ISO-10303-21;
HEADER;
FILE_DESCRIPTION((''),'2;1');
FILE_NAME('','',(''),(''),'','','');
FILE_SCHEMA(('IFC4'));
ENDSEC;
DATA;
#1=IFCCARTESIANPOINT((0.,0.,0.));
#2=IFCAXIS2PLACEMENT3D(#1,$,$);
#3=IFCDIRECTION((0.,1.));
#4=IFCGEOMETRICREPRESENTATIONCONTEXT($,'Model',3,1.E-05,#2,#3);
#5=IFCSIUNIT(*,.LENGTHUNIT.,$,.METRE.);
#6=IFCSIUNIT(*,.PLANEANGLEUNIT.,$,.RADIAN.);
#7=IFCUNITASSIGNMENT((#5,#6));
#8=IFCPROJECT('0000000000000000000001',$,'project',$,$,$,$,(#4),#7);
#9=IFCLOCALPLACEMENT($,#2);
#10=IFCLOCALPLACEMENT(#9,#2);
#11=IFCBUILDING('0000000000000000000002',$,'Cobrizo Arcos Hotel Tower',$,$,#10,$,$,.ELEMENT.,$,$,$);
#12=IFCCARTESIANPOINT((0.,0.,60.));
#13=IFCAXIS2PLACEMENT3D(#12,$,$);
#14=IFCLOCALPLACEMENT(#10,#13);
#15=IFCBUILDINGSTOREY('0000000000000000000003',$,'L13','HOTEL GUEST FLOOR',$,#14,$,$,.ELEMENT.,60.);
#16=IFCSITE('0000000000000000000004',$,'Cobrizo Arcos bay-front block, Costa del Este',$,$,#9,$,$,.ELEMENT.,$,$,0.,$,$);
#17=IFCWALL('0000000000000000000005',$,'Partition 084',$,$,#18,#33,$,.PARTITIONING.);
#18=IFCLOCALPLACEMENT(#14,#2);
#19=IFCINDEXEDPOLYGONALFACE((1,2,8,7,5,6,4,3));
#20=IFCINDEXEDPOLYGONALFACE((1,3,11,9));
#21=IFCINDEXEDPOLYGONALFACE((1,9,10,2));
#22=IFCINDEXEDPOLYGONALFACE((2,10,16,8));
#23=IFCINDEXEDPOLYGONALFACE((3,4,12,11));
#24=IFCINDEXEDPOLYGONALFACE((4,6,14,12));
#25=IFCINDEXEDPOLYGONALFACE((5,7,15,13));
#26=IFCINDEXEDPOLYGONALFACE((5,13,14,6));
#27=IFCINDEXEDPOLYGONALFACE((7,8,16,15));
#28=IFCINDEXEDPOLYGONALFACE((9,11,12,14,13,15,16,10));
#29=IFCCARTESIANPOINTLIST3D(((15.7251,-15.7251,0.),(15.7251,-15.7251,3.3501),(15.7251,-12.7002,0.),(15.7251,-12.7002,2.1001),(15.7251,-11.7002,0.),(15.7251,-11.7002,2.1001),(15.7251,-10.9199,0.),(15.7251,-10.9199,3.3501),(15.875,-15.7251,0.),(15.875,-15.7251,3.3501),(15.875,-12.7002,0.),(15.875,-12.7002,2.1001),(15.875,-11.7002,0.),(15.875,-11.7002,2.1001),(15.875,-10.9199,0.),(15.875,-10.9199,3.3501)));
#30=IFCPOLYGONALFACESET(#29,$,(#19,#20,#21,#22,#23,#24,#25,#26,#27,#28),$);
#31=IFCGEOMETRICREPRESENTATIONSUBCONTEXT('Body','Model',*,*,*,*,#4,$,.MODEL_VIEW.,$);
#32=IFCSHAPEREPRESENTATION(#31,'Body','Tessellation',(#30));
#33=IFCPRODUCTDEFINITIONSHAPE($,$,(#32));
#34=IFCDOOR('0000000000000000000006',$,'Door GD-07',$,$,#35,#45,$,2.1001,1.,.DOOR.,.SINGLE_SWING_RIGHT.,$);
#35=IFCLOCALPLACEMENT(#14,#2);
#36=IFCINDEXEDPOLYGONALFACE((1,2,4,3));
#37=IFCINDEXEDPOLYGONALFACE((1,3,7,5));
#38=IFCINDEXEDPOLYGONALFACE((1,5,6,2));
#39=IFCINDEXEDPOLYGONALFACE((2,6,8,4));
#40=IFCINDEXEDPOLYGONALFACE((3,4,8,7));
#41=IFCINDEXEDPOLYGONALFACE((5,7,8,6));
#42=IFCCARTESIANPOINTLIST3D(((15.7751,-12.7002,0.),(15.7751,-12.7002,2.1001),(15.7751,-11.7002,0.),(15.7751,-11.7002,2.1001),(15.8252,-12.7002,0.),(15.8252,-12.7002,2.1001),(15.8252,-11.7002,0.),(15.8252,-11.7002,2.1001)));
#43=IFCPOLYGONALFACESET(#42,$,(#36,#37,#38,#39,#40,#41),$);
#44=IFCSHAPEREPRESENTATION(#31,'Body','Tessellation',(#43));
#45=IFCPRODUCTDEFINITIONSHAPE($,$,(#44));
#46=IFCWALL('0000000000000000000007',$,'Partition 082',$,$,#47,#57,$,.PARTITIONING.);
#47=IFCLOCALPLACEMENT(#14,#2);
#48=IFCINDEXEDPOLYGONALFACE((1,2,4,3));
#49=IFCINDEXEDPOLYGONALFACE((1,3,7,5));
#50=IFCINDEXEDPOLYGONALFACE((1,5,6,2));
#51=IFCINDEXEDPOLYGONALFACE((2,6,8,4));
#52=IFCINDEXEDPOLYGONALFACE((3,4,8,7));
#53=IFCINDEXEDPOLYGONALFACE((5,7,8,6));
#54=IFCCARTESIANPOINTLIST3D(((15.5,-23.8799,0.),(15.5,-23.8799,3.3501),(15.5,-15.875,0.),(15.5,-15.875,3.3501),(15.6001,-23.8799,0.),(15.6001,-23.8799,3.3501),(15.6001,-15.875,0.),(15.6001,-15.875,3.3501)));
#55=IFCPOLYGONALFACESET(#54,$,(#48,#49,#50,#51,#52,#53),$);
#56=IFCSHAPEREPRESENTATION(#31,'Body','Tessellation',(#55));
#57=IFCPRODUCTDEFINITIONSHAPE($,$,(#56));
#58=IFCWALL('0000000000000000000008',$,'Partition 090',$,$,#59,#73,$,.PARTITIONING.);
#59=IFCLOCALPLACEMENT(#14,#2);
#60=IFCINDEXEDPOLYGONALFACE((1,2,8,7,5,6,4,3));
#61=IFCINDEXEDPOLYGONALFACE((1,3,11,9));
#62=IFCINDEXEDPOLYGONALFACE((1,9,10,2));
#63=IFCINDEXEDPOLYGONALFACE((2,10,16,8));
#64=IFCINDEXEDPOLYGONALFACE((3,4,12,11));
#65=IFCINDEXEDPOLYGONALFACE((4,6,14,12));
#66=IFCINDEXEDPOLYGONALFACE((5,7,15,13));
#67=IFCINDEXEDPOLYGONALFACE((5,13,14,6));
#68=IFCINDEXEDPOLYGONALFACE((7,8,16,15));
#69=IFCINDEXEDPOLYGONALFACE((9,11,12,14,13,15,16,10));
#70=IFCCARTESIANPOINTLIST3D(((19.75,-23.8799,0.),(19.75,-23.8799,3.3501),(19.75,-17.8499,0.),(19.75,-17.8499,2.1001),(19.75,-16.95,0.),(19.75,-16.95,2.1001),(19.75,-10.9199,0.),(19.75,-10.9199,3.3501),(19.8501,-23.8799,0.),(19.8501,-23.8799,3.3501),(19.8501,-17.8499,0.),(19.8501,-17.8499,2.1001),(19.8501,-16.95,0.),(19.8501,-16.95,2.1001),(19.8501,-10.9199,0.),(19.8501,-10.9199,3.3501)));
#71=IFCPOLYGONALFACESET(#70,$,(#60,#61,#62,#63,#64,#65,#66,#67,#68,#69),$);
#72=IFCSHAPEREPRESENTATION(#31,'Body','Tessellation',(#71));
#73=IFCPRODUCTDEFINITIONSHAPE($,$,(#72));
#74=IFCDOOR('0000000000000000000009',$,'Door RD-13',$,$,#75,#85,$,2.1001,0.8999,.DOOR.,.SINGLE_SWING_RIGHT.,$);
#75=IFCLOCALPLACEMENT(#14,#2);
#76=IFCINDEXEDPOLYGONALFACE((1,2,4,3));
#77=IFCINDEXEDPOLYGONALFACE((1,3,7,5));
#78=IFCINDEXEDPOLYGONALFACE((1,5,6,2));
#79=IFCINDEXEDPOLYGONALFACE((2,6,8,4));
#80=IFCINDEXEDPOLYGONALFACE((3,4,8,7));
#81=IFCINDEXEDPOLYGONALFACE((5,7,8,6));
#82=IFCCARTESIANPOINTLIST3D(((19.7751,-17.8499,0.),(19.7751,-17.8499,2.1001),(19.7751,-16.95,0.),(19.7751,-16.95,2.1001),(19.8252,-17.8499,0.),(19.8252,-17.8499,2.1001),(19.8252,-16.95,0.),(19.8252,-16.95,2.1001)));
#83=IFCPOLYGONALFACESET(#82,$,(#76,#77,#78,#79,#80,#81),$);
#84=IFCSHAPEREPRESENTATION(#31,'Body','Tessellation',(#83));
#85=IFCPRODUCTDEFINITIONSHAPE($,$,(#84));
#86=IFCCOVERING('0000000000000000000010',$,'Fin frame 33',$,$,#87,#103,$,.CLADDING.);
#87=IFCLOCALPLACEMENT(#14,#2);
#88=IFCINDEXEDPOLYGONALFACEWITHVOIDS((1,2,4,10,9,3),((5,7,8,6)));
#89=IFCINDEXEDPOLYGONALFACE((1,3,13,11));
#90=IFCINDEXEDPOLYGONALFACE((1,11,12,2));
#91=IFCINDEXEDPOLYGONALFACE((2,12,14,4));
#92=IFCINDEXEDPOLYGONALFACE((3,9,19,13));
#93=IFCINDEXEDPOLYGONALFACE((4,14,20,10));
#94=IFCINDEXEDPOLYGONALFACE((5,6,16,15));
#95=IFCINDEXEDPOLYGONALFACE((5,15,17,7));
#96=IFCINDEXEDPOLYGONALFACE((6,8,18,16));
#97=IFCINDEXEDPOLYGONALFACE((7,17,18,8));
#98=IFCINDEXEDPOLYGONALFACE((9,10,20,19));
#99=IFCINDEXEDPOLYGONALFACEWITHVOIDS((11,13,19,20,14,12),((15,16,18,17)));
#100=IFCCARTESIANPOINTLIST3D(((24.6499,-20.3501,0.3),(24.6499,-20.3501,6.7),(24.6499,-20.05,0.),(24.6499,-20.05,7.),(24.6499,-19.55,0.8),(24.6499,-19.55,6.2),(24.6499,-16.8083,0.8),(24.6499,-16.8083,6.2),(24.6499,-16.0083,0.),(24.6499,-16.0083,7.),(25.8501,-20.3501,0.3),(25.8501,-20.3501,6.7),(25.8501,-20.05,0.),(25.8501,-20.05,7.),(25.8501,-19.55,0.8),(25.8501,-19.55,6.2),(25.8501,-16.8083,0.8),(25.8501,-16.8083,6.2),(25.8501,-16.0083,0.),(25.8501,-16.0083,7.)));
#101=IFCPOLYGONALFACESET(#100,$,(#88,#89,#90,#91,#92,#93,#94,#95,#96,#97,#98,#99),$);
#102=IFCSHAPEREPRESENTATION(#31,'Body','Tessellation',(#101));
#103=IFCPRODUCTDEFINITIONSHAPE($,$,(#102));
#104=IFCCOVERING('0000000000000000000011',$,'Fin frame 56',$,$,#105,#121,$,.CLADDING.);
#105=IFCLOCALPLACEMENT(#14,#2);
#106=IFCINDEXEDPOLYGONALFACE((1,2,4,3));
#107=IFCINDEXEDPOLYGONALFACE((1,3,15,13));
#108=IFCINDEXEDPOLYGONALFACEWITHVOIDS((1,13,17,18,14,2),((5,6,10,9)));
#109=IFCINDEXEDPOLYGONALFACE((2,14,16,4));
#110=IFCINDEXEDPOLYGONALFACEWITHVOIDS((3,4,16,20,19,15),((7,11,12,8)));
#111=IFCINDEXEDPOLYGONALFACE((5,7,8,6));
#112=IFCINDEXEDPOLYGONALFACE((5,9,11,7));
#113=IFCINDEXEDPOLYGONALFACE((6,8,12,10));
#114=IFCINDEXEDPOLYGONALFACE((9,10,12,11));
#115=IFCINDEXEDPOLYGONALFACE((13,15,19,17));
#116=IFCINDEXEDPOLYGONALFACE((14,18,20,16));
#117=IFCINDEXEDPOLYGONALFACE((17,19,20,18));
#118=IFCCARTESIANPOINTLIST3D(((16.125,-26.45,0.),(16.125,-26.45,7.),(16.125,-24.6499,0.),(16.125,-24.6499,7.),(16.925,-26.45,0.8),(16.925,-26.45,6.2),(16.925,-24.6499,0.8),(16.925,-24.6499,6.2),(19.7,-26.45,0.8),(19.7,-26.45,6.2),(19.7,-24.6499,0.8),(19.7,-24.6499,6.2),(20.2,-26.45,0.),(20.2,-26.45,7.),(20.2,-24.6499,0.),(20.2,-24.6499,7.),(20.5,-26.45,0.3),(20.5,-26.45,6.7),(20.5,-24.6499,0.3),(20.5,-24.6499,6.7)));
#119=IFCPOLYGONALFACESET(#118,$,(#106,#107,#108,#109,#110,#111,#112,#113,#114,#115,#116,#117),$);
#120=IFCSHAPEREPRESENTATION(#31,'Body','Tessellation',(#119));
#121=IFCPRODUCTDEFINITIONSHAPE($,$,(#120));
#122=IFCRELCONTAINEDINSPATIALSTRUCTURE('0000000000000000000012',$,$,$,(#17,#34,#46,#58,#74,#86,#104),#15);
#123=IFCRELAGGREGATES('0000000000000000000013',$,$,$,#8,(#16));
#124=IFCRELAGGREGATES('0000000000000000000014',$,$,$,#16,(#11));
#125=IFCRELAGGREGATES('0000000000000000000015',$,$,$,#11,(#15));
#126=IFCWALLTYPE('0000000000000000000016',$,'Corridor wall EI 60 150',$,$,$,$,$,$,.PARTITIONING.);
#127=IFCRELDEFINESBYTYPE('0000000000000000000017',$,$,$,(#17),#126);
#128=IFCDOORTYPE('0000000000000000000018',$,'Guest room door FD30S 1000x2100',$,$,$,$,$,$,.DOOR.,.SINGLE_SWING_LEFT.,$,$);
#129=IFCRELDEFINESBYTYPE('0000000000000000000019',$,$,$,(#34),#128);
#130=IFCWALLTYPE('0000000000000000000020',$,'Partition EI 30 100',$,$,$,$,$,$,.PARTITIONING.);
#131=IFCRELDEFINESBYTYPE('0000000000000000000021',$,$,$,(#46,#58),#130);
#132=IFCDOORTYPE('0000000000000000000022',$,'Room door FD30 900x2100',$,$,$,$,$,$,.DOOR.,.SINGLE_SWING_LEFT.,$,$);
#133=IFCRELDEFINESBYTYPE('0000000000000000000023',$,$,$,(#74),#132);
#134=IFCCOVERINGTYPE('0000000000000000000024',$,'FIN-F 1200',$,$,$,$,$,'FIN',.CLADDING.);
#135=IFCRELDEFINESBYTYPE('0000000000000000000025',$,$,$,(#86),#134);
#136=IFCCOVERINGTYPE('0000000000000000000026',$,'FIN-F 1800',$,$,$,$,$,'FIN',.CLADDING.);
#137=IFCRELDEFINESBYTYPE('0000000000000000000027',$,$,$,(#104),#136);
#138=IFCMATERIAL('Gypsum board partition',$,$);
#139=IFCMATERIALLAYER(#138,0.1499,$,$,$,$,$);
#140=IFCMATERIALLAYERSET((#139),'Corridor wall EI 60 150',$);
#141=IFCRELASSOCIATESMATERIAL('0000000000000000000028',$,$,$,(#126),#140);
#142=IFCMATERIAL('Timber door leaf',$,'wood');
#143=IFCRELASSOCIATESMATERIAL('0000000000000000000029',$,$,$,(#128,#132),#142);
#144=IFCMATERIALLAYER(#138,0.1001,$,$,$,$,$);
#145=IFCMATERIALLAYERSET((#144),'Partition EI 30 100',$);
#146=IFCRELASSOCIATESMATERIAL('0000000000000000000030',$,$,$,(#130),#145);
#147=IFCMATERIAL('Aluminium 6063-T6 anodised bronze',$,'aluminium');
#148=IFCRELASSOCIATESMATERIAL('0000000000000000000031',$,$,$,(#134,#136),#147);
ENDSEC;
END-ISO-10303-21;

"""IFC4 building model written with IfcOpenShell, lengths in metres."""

from ifc_helpers import new_model, si_unit, direction, frame, frame_2d, origin, place, context, subcontext, project, spatial, polyline, rectangle, outline, extrude, material, layer, layer_set, type_object, element, fill, save


model = new_model("IFC4")

# Units and contexts
model_context = context("Model", 3, precision=1e-05, world=origin(), true_north=direction((0.0, 1.0)))
body_context = subcontext(model_context, "Body", "Model", "MODEL_VIEW")
ifc_project = project(units=[si_unit("LENGTHUNIT", "METRE"), si_unit("PLANEANGLEUNIT", "RADIAN")], contexts=[model_context])

# Site, building, storey
site_placement = place(None, origin())
site = spatial("IfcSite", under=ifc_project, at=site_placement, Name="Cobrizo Arcos bay-front block, Costa del Este", CompositionType="ELEMENT", RefElevation=0.0)
building_placement = place(site_placement, origin())
building = spatial("IfcBuilding", under=site, at=building_placement, Name="Cobrizo Arcos Hotel Tower", CompositionType="ELEMENT")
storey_placement = place(building_placement, frame((0.0, 0.0, 60.0)))
storey = spatial("IfcBuildingStorey", under=building, at=storey_placement, Name="L13", Description="HOTEL GUEST FLOOR", CompositionType="ELEMENT", Elevation=60.0)

# Shared definitions
ifc_material_1 = material(Name="Aluminium 6063-T6 anodised bronze", Category="aluminium")

# Wall, opening, door
ifc_material_2 = material(Name="Gypsum board partition")
ifc_layer_1 = layer(ifc_material_2, 0.1499)
ifc_layer_set_1 = layer_set([ifc_layer_1], Name="Corridor wall EI 60 150")
wall_type_1 = type_object("IfcWallType", Name="Corridor wall EI 60 150", PredefinedType="PARTITIONING", material=ifc_layer_set_1)
wall_1_placement = place(storey_placement, frame((15.8, -15.7251, 0.0), z_axis=(0.0, 0.0, 1.0), x_axis=(0.0, 1.0, 0.0)))
wall_1 = element("IfcWall", 1, at=wall_1_placement, inside=storey, type_object=wall_type_1, Name="Partition 084", PredefinedType="PARTITIONING", context=body_context, shape_type="SweptSolid", body=[
    extrude(rectangle(XDim=4.8052, YDim=0.1499, at=frame_2d((2.4026, 0.0))), origin(), (0.0, 0.0, 1.0), 3.3501),
])
opening_1_placement = place(wall_1_placement, frame((3.0249, 0.0, 0.0)))
opening_1 = element("IfcOpeningElement", 2, at=opening_1_placement, cuts=wall_1, PredefinedType="OPENING", context=body_context, shape_type="SweptSolid", body=[
    extrude(rectangle(XDim=1.0, YDim=2.1001, at=frame_2d((0.5, 1.05))), frame((0.0, 0.0869, 0.0), z_axis=(0.0, -1.0, 0.0), x_axis=(1.0, 0.0, 0.0)), (0.0, 0.0, 1.0), 0.1738),
])
ifc_material_3 = material(Name="Timber door leaf", Category="wood")
door_type_1 = type_object("IfcDoorType", Name="Guest room door FD30S 1000x2100", OperationType="SINGLE_SWING_LEFT", PredefinedType="DOOR", material=ifc_material_3)
door_1_placement = place(opening_1_placement, origin())
door_1 = element("IfcDoor", 3, at=door_1_placement, inside=storey, type_object=door_type_1, Name="Door GD-07", OperationType="SINGLE_SWING_RIGHT", OverallHeight=2.1001, OverallWidth=1.0, PredefinedType="DOOR", context=body_context, shape_type="SweptSolid", body=[
    extrude(rectangle(XDim=1.0, YDim=2.1001, at=frame_2d((0.5, 1.05))), frame((0.0, 0.0249, 0.0), z_axis=(0.0, -1.0, 0.0), x_axis=(1.0, 0.0, 0.0)), (0.0, 0.0, 1.0), 0.05),
])
fill(opening_1, door_1)

# Wall
ifc_layer_2 = layer(ifc_material_2, 0.1001)
ifc_layer_set_2 = layer_set([ifc_layer_2], Name="Partition EI 30 100")
wall_type_2 = type_object("IfcWallType", Name="Partition EI 30 100", PredefinedType="PARTITIONING", material=ifc_layer_set_2)
wall_2_placement = place(storey_placement, frame((15.55, -23.8799, 0.0), z_axis=(0.0, 0.0, 1.0), x_axis=(0.0, 1.0, 0.0)))
element("IfcWall", 4, at=wall_2_placement, inside=storey, type_object=wall_type_2, Name="Partition 082", PredefinedType="PARTITIONING", context=body_context, shape_type="SweptSolid", body=[
    extrude(rectangle(XDim=8.0049, YDim=0.1001, at=frame_2d((4.0024, 0.0))), origin(), (0.0, 0.0, 1.0), 3.3501),
])

# Wall, opening, door
wall_3_placement = place(storey_placement, frame((19.8, -23.8799, 0.0), z_axis=(0.0, 0.0, 1.0), x_axis=(0.0, 1.0, 0.0)))
wall_3 = element("IfcWall", 5, at=wall_3_placement, inside=storey, type_object=wall_type_2, Name="Partition 090", PredefinedType="PARTITIONING", context=body_context, shape_type="SweptSolid", body=[
    extrude(rectangle(XDim=12.96, YDim=0.1001, at=frame_2d((6.48, 0.0))), origin(), (0.0, 0.0, 1.0), 3.3501),
])
opening_2_placement = place(wall_3_placement, frame((6.03, 0.0, 0.0)))
opening_2 = element("IfcOpeningElement", 6, at=opening_2_placement, cuts=wall_3, PredefinedType="OPENING", context=body_context, shape_type="SweptSolid", body=[
    extrude(rectangle(XDim=0.8999, YDim=2.1001, at=frame_2d((0.45, 1.05))), frame((0.0, 0.062, 0.0), z_axis=(0.0, -1.0, 0.0), x_axis=(1.0, 0.0, 0.0)), (0.0, 0.0, 1.0), 0.124),
])
door_type_2 = type_object("IfcDoorType", Name="Room door FD30 900x2100", OperationType="SINGLE_SWING_LEFT", PredefinedType="DOOR", material=ifc_material_3)
door_2_placement = place(opening_2_placement, origin())
door_2 = element("IfcDoor", 7, at=door_2_placement, inside=storey, type_object=door_type_2, Name="Door RD-13", OperationType="SINGLE_SWING_RIGHT", OverallHeight=2.1001, OverallWidth=0.8999, PredefinedType="DOOR", context=body_context, shape_type="SweptSolid", body=[
    extrude(rectangle(XDim=0.8999, YDim=2.1001, at=frame_2d((0.45, 1.05))), frame((0.0, 0.0249, 0.0), z_axis=(0.0, -1.0, 0.0), x_axis=(1.0, 0.0, 0.0)), (0.0, 0.0, 1.0), 0.05),
])
fill(opening_2, door_2)

# Coverings
covering_type_1 = type_object("IfcCoveringType", Name="FIN-F 1200", ElementType="FIN", PredefinedType="CLADDING", material=ifc_material_1)
covering_1_placement = place(storey_placement, frame((24.6499, -20.3501, 0.0), z_axis=(1.0, 0.0, 0.0), x_axis=(0.0, 1.0, 0.0)))
element("IfcCovering", 8, at=covering_1_placement, inside=storey, type_object=covering_type_1, Name="Fin frame 33", PredefinedType="CLADDING", context=body_context, shape_type="SweptSolid", body=[
    extrude(outline(polyline([(0.0, 0.3), (0.3, 0.0), (4.3418, 0.0), (4.3418, 7.0), (0.3, 7.0), (0.0, 6.7), (0.0, 0.3)]), holes=[polyline([(3.5417, 0.8), (0.8, 0.8), (0.8, 6.2), (3.5417, 6.2), (3.5417, 0.8)])]), origin(), (0.0, 0.0, 1.0), 1.2002),
])
covering_type_2 = type_object("IfcCoveringType", Name="FIN-F 1800", ElementType="FIN", PredefinedType="CLADDING", material=ifc_material_1)
covering_2_placement = place(storey_placement, frame((16.125, -24.6499, 0.0), z_axis=(0.0, -1.0, 0.0), x_axis=(1.0, 0.0, 0.0)))
element("IfcCovering", 9, at=covering_2_placement, inside=storey, type_object=covering_type_2, Name="Fin frame 56", PredefinedType="CLADDING", context=body_context, shape_type="SweptSolid", body=[
    extrude(outline(polyline([(0.0, 7.0), (0.0, 0.0), (4.075, 0.0), (4.375, 0.3), (4.375, 6.7), (4.075, 7.0), (0.0, 7.0)]), holes=[polyline([(3.575, 0.8), (0.8, 0.8), (0.8, 6.2), (3.575, 6.2), (3.575, 0.8)])]), origin(), (0.0, 0.0, 1.0), 1.8),
])

save(model, "model.ifc")
